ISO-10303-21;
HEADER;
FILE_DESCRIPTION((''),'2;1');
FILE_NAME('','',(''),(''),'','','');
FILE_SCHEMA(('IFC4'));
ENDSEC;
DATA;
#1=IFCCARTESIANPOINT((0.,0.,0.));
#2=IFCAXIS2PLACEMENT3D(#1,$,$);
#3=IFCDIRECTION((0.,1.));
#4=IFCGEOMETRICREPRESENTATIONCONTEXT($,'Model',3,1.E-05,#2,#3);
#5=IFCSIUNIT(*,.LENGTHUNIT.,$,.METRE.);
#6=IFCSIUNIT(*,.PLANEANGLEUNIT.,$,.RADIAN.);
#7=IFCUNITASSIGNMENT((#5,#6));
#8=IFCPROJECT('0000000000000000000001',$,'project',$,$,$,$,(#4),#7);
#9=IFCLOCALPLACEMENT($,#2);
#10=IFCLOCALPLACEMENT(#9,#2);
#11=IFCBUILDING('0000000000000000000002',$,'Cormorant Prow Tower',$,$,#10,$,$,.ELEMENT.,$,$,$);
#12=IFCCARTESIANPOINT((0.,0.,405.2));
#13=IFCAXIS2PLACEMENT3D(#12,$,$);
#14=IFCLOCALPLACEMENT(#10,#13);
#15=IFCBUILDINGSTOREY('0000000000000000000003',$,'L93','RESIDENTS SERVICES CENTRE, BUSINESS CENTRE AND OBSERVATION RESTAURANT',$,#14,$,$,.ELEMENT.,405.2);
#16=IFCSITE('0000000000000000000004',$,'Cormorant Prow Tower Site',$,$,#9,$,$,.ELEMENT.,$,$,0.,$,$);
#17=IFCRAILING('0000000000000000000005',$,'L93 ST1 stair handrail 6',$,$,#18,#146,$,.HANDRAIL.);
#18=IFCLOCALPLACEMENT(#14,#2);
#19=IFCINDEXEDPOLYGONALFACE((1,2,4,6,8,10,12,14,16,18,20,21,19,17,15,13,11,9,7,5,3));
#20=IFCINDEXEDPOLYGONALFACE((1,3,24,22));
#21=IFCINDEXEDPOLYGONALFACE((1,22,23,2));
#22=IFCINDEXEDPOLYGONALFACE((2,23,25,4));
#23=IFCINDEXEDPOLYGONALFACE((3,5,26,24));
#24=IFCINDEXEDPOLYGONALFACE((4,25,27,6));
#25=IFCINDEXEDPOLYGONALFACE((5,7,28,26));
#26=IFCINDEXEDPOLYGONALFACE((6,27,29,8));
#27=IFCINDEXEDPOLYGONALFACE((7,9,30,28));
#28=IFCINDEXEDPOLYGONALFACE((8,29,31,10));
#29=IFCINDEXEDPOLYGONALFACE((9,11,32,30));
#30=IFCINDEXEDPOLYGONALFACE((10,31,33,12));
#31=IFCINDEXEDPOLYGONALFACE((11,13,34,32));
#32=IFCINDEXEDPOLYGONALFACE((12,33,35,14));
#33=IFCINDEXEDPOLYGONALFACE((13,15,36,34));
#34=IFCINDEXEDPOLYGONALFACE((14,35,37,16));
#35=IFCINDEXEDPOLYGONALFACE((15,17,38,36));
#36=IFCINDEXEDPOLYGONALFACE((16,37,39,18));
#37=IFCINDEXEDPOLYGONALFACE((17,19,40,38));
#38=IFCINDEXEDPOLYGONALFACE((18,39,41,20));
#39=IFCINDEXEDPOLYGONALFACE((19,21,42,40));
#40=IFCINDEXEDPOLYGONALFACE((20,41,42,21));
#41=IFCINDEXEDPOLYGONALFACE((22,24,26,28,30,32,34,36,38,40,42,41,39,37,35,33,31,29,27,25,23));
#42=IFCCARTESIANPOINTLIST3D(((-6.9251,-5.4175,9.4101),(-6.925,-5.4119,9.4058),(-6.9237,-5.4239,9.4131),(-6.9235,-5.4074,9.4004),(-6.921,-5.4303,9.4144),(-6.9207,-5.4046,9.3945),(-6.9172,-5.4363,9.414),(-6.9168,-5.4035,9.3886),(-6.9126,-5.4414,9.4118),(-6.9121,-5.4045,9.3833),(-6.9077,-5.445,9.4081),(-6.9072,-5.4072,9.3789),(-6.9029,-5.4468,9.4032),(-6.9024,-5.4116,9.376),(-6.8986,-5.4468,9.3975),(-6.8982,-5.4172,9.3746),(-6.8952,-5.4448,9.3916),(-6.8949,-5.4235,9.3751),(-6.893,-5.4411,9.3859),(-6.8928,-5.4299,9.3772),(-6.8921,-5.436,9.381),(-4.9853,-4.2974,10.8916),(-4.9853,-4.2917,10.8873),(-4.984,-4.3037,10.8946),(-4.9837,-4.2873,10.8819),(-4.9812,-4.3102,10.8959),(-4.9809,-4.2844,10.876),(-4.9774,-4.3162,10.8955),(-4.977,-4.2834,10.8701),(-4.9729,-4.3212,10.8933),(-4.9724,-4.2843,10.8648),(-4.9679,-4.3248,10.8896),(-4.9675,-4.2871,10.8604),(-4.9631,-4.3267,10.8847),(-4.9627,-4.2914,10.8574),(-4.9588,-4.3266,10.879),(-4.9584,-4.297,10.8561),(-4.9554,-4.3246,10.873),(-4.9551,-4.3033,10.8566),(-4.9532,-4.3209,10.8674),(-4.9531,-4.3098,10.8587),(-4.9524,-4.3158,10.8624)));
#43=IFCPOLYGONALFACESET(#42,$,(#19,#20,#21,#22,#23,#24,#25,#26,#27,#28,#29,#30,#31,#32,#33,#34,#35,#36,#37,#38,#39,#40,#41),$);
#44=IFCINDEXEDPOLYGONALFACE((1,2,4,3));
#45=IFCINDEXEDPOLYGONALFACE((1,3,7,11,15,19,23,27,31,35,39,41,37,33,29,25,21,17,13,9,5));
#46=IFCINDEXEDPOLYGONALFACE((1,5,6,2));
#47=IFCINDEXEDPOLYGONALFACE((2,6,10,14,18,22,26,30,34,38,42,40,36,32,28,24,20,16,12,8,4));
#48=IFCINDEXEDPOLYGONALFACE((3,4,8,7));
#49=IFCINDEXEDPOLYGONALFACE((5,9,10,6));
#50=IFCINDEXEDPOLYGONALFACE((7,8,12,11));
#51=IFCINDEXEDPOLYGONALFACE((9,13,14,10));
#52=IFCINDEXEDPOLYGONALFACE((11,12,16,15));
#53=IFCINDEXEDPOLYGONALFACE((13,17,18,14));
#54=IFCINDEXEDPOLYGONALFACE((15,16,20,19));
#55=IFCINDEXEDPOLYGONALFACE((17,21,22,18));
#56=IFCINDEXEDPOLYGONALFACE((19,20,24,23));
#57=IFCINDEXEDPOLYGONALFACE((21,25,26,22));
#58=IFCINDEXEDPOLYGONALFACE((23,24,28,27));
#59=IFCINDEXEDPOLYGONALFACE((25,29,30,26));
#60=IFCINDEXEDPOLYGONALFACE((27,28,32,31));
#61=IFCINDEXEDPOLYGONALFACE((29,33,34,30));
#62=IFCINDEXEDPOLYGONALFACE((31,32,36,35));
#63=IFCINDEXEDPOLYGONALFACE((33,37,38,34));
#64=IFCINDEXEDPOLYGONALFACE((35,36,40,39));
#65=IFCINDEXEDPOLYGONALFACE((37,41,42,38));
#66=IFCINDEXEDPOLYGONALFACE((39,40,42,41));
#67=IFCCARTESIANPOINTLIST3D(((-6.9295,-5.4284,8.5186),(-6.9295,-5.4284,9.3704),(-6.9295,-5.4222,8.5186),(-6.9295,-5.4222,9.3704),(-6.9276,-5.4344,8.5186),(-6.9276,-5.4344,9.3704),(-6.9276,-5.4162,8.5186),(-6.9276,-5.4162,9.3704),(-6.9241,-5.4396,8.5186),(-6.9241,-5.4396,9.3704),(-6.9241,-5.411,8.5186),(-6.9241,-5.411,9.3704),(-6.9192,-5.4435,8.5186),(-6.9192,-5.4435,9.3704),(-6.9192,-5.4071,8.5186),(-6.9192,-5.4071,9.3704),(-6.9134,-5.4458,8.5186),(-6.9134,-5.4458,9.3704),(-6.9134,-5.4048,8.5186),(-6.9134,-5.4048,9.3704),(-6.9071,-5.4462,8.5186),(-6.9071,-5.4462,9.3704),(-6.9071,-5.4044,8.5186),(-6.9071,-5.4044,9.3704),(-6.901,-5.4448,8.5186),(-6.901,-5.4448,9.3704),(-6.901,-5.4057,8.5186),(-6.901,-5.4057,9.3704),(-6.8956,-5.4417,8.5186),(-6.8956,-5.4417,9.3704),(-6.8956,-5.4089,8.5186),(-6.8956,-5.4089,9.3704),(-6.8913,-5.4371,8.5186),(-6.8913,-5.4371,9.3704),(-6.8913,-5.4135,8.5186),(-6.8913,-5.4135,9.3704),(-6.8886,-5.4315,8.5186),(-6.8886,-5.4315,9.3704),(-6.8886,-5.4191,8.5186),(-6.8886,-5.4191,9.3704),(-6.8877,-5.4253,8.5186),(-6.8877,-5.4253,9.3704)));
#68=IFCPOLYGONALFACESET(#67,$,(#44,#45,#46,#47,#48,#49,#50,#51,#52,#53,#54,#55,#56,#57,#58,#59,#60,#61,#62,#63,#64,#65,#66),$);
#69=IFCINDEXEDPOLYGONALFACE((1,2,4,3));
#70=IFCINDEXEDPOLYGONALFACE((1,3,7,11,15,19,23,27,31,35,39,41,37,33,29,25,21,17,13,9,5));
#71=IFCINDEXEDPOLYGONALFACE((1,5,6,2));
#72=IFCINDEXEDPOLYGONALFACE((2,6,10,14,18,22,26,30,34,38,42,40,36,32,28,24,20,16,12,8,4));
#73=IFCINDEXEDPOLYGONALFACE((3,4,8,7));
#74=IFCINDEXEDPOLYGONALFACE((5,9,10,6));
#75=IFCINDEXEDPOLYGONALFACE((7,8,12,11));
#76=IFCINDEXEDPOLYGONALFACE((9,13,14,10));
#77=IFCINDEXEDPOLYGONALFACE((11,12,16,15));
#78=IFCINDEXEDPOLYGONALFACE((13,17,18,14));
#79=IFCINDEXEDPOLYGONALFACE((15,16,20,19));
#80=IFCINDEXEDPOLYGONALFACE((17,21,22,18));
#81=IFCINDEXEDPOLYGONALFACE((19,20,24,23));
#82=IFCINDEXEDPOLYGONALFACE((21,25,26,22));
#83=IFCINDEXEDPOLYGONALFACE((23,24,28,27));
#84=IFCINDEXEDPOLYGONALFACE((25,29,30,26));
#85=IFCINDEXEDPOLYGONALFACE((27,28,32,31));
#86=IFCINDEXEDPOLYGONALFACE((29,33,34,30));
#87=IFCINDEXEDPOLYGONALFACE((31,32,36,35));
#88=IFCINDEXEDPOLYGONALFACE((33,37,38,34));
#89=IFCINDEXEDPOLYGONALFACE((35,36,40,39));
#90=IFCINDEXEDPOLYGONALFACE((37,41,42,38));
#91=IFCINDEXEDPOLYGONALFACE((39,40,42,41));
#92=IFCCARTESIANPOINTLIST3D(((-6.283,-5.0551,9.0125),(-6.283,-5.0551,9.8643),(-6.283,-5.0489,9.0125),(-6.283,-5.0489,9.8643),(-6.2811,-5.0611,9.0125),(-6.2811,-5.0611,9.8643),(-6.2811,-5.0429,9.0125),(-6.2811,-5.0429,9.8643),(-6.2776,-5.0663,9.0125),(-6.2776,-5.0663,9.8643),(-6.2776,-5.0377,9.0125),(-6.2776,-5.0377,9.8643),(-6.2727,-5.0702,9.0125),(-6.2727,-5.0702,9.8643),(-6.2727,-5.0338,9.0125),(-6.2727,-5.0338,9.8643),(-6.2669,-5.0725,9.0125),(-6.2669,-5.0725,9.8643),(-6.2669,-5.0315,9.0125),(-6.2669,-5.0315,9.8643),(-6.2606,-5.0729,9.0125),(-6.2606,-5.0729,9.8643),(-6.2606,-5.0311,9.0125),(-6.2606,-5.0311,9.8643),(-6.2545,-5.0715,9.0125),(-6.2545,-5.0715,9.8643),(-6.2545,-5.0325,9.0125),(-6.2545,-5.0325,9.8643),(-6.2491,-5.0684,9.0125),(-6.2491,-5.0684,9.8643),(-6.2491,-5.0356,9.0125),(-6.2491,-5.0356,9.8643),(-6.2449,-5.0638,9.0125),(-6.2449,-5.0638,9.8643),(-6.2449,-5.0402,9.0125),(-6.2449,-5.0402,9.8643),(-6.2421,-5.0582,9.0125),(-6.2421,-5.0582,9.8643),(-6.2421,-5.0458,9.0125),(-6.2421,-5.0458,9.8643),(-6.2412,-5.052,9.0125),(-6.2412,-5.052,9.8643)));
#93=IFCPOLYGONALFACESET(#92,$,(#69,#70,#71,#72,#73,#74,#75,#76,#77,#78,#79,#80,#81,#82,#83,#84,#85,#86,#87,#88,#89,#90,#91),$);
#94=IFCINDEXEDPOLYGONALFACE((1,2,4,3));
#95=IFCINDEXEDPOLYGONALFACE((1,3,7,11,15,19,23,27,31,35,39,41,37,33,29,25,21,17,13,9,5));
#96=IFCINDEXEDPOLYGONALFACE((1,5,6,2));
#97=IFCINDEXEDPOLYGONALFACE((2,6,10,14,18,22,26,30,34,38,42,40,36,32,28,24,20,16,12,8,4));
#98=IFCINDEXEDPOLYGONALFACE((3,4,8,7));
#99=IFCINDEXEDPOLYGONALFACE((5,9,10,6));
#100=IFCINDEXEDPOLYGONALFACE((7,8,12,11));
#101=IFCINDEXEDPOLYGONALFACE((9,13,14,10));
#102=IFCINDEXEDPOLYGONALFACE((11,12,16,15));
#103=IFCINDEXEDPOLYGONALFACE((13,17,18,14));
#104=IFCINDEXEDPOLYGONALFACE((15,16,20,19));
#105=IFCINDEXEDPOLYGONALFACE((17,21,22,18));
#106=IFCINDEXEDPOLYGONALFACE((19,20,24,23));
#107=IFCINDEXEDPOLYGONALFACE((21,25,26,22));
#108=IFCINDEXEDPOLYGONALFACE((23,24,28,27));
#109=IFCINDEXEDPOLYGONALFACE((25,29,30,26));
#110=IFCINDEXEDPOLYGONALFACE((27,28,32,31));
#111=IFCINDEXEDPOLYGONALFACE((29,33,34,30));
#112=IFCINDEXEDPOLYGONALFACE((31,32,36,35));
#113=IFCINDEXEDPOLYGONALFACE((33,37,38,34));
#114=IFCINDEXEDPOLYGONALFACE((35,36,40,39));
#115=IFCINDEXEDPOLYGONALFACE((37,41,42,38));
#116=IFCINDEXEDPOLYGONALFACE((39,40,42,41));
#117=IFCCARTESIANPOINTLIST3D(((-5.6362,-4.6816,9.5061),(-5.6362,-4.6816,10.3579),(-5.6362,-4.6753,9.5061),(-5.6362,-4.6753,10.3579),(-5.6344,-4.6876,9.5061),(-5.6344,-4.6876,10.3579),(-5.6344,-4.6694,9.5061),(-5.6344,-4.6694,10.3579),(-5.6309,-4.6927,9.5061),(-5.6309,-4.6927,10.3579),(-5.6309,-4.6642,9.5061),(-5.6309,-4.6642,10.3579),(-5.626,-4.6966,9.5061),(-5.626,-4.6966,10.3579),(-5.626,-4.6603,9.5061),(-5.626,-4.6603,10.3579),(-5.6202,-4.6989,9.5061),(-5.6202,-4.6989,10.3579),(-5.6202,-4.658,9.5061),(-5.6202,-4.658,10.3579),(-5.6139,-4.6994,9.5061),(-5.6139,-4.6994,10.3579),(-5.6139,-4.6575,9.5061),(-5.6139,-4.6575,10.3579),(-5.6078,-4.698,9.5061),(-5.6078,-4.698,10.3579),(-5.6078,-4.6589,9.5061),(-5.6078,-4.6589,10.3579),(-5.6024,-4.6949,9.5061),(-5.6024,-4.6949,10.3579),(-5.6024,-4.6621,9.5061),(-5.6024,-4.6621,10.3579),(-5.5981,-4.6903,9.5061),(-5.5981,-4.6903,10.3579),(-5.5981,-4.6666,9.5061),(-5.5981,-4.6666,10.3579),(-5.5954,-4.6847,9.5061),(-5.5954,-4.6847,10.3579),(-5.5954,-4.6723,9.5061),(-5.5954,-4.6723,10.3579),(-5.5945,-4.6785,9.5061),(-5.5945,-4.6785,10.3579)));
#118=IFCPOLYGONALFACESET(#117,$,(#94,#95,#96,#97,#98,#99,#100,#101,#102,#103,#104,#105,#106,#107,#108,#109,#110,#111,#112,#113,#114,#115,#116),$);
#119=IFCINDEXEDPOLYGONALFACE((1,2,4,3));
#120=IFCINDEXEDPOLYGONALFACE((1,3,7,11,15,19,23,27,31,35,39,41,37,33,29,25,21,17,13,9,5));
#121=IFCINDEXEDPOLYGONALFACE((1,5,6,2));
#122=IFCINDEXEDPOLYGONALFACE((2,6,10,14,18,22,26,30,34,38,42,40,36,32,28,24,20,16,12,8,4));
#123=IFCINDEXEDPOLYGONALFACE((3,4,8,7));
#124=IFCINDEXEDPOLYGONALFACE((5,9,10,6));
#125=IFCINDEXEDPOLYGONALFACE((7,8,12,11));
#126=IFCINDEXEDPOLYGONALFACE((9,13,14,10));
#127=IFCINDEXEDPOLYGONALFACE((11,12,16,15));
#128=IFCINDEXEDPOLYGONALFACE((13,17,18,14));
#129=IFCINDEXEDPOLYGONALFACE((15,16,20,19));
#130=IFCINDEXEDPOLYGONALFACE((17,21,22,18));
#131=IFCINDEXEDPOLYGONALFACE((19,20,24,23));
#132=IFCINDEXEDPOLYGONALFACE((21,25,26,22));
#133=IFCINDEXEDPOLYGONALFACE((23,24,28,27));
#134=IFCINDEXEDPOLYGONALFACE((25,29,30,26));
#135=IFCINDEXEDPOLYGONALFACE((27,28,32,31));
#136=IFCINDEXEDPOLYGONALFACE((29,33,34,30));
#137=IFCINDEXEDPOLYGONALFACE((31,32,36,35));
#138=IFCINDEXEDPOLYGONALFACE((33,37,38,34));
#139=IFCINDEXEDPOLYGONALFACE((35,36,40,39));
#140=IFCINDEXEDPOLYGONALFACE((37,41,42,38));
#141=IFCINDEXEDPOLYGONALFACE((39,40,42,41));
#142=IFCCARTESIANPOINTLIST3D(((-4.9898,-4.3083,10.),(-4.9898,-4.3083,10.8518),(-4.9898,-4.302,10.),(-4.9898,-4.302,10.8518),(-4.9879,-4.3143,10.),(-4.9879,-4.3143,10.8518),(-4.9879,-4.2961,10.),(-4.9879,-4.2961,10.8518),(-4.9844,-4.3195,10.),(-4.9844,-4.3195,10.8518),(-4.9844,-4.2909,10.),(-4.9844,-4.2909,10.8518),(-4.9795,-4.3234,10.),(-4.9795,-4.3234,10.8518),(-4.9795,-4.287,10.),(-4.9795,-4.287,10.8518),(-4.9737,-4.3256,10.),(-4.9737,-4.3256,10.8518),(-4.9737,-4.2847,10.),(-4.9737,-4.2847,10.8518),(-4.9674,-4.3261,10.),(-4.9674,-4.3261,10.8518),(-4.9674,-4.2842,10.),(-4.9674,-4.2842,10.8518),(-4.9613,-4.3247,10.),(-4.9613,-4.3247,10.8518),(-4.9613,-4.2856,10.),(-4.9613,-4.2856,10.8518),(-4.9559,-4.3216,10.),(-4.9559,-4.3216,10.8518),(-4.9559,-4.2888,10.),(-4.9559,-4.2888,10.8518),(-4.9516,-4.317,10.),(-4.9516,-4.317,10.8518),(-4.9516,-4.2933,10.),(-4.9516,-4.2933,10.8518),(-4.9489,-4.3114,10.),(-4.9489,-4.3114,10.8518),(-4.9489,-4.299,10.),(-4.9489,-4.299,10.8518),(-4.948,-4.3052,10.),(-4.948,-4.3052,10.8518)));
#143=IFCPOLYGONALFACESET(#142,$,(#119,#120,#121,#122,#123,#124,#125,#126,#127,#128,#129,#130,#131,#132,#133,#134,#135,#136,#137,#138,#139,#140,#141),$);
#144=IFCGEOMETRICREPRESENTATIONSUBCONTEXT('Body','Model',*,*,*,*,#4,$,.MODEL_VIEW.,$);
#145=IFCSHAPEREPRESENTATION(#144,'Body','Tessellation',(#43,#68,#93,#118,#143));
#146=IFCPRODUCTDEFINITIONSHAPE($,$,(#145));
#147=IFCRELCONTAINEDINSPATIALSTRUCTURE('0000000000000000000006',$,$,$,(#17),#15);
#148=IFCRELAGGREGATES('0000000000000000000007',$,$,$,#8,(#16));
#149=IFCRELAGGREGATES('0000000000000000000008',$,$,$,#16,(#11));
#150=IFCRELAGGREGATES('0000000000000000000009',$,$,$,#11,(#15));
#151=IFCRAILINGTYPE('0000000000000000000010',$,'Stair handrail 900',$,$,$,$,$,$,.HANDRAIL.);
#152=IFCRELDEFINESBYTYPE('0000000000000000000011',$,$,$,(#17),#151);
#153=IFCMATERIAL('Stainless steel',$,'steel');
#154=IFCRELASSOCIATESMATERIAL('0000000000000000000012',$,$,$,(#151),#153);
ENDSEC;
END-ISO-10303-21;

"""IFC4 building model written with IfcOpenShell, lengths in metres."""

from ifc_helpers import new_model, si_unit, direction, frame, origin, origin_2d, place, context, subcontext, project, spatial, circle, extrude, material, type_object, element, save


model = new_model("IFC4")

# Units and contexts
model_context = context("Model", 3, precision=1e-05, world=origin(), true_north=direction((0.0, 1.0)))
body_context = subcontext(model_context, "Body", "Model", "MODEL_VIEW")
ifc_project = project(units=[si_unit("LENGTHUNIT", "METRE"), si_unit("PLANEANGLEUNIT", "RADIAN")], contexts=[model_context])

# Site, building, storey
site_placement = place(None, origin())
site = spatial("IfcSite", under=ifc_project, at=site_placement, Name="Cormorant Prow Tower Site", CompositionType="ELEMENT", RefElevation=0.0)
building_placement = place(site_placement, origin())
building = spatial("IfcBuilding", under=site, at=building_placement, Name="Cormorant Prow Tower", CompositionType="ELEMENT")
storey_placement = place(building_placement, frame((0.0, 0.0, 405.2)))
storey = spatial("IfcBuildingStorey", under=building, at=storey_placement, Name="L93", Description="RESIDENTS SERVICES CENTRE, BUSINESS CENTRE AND OBSERVATION RESTAURANT", CompositionType="ELEMENT", Elevation=405.2)

# Railing
ifc_material_1 = material(Name="Stainless steel", Category="steel")
railing_type = type_object("IfcRailingType", Name="Stair handrail 900", PredefinedType="HANDRAIL", material=ifc_material_1)
for number, where, name in (
    (1, (-6.9087, -5.4253, 8.5186), "L93 ST1 stair handrail 6"),
):
    element("IfcRailing", number, at=place(storey_placement, frame(where)), inside=storey, type_object=railing_type, Name=name, PredefinedType="HANDRAIL", context=body_context, shape_type="SweptSolid", body=[
        extrude(circle(Radius=0.0239, at=origin_2d()), frame((0.0, 0.0, 0.876), z_axis=(0.722292, 0.417102, 0.551651), x_axis=(-0.500078, 0.86598, 0.0)), (0.0, 0.0, 1.0), 2.6855),
        extrude(circle(Radius=0.021, at=origin_2d()), origin(), (0.0, 0.0, 1.0), 0.8518),
        extrude(circle(Radius=0.021, at=origin_2d()), frame((0.6465, 0.3733, 0.4939)), (0.0, 0.0, 1.0), 0.8518),
        extrude(circle(Radius=0.021, at=origin_2d()), frame((1.2932, 0.7468, 0.9875)), (0.0, 0.0, 1.0), 0.8518),
        extrude(circle(Radius=0.021, at=origin_2d()), frame((1.9397, 1.1201, 1.4814)), (0.0, 0.0, 1.0), 0.8518),
    ])

save(model, "model.ifc")
